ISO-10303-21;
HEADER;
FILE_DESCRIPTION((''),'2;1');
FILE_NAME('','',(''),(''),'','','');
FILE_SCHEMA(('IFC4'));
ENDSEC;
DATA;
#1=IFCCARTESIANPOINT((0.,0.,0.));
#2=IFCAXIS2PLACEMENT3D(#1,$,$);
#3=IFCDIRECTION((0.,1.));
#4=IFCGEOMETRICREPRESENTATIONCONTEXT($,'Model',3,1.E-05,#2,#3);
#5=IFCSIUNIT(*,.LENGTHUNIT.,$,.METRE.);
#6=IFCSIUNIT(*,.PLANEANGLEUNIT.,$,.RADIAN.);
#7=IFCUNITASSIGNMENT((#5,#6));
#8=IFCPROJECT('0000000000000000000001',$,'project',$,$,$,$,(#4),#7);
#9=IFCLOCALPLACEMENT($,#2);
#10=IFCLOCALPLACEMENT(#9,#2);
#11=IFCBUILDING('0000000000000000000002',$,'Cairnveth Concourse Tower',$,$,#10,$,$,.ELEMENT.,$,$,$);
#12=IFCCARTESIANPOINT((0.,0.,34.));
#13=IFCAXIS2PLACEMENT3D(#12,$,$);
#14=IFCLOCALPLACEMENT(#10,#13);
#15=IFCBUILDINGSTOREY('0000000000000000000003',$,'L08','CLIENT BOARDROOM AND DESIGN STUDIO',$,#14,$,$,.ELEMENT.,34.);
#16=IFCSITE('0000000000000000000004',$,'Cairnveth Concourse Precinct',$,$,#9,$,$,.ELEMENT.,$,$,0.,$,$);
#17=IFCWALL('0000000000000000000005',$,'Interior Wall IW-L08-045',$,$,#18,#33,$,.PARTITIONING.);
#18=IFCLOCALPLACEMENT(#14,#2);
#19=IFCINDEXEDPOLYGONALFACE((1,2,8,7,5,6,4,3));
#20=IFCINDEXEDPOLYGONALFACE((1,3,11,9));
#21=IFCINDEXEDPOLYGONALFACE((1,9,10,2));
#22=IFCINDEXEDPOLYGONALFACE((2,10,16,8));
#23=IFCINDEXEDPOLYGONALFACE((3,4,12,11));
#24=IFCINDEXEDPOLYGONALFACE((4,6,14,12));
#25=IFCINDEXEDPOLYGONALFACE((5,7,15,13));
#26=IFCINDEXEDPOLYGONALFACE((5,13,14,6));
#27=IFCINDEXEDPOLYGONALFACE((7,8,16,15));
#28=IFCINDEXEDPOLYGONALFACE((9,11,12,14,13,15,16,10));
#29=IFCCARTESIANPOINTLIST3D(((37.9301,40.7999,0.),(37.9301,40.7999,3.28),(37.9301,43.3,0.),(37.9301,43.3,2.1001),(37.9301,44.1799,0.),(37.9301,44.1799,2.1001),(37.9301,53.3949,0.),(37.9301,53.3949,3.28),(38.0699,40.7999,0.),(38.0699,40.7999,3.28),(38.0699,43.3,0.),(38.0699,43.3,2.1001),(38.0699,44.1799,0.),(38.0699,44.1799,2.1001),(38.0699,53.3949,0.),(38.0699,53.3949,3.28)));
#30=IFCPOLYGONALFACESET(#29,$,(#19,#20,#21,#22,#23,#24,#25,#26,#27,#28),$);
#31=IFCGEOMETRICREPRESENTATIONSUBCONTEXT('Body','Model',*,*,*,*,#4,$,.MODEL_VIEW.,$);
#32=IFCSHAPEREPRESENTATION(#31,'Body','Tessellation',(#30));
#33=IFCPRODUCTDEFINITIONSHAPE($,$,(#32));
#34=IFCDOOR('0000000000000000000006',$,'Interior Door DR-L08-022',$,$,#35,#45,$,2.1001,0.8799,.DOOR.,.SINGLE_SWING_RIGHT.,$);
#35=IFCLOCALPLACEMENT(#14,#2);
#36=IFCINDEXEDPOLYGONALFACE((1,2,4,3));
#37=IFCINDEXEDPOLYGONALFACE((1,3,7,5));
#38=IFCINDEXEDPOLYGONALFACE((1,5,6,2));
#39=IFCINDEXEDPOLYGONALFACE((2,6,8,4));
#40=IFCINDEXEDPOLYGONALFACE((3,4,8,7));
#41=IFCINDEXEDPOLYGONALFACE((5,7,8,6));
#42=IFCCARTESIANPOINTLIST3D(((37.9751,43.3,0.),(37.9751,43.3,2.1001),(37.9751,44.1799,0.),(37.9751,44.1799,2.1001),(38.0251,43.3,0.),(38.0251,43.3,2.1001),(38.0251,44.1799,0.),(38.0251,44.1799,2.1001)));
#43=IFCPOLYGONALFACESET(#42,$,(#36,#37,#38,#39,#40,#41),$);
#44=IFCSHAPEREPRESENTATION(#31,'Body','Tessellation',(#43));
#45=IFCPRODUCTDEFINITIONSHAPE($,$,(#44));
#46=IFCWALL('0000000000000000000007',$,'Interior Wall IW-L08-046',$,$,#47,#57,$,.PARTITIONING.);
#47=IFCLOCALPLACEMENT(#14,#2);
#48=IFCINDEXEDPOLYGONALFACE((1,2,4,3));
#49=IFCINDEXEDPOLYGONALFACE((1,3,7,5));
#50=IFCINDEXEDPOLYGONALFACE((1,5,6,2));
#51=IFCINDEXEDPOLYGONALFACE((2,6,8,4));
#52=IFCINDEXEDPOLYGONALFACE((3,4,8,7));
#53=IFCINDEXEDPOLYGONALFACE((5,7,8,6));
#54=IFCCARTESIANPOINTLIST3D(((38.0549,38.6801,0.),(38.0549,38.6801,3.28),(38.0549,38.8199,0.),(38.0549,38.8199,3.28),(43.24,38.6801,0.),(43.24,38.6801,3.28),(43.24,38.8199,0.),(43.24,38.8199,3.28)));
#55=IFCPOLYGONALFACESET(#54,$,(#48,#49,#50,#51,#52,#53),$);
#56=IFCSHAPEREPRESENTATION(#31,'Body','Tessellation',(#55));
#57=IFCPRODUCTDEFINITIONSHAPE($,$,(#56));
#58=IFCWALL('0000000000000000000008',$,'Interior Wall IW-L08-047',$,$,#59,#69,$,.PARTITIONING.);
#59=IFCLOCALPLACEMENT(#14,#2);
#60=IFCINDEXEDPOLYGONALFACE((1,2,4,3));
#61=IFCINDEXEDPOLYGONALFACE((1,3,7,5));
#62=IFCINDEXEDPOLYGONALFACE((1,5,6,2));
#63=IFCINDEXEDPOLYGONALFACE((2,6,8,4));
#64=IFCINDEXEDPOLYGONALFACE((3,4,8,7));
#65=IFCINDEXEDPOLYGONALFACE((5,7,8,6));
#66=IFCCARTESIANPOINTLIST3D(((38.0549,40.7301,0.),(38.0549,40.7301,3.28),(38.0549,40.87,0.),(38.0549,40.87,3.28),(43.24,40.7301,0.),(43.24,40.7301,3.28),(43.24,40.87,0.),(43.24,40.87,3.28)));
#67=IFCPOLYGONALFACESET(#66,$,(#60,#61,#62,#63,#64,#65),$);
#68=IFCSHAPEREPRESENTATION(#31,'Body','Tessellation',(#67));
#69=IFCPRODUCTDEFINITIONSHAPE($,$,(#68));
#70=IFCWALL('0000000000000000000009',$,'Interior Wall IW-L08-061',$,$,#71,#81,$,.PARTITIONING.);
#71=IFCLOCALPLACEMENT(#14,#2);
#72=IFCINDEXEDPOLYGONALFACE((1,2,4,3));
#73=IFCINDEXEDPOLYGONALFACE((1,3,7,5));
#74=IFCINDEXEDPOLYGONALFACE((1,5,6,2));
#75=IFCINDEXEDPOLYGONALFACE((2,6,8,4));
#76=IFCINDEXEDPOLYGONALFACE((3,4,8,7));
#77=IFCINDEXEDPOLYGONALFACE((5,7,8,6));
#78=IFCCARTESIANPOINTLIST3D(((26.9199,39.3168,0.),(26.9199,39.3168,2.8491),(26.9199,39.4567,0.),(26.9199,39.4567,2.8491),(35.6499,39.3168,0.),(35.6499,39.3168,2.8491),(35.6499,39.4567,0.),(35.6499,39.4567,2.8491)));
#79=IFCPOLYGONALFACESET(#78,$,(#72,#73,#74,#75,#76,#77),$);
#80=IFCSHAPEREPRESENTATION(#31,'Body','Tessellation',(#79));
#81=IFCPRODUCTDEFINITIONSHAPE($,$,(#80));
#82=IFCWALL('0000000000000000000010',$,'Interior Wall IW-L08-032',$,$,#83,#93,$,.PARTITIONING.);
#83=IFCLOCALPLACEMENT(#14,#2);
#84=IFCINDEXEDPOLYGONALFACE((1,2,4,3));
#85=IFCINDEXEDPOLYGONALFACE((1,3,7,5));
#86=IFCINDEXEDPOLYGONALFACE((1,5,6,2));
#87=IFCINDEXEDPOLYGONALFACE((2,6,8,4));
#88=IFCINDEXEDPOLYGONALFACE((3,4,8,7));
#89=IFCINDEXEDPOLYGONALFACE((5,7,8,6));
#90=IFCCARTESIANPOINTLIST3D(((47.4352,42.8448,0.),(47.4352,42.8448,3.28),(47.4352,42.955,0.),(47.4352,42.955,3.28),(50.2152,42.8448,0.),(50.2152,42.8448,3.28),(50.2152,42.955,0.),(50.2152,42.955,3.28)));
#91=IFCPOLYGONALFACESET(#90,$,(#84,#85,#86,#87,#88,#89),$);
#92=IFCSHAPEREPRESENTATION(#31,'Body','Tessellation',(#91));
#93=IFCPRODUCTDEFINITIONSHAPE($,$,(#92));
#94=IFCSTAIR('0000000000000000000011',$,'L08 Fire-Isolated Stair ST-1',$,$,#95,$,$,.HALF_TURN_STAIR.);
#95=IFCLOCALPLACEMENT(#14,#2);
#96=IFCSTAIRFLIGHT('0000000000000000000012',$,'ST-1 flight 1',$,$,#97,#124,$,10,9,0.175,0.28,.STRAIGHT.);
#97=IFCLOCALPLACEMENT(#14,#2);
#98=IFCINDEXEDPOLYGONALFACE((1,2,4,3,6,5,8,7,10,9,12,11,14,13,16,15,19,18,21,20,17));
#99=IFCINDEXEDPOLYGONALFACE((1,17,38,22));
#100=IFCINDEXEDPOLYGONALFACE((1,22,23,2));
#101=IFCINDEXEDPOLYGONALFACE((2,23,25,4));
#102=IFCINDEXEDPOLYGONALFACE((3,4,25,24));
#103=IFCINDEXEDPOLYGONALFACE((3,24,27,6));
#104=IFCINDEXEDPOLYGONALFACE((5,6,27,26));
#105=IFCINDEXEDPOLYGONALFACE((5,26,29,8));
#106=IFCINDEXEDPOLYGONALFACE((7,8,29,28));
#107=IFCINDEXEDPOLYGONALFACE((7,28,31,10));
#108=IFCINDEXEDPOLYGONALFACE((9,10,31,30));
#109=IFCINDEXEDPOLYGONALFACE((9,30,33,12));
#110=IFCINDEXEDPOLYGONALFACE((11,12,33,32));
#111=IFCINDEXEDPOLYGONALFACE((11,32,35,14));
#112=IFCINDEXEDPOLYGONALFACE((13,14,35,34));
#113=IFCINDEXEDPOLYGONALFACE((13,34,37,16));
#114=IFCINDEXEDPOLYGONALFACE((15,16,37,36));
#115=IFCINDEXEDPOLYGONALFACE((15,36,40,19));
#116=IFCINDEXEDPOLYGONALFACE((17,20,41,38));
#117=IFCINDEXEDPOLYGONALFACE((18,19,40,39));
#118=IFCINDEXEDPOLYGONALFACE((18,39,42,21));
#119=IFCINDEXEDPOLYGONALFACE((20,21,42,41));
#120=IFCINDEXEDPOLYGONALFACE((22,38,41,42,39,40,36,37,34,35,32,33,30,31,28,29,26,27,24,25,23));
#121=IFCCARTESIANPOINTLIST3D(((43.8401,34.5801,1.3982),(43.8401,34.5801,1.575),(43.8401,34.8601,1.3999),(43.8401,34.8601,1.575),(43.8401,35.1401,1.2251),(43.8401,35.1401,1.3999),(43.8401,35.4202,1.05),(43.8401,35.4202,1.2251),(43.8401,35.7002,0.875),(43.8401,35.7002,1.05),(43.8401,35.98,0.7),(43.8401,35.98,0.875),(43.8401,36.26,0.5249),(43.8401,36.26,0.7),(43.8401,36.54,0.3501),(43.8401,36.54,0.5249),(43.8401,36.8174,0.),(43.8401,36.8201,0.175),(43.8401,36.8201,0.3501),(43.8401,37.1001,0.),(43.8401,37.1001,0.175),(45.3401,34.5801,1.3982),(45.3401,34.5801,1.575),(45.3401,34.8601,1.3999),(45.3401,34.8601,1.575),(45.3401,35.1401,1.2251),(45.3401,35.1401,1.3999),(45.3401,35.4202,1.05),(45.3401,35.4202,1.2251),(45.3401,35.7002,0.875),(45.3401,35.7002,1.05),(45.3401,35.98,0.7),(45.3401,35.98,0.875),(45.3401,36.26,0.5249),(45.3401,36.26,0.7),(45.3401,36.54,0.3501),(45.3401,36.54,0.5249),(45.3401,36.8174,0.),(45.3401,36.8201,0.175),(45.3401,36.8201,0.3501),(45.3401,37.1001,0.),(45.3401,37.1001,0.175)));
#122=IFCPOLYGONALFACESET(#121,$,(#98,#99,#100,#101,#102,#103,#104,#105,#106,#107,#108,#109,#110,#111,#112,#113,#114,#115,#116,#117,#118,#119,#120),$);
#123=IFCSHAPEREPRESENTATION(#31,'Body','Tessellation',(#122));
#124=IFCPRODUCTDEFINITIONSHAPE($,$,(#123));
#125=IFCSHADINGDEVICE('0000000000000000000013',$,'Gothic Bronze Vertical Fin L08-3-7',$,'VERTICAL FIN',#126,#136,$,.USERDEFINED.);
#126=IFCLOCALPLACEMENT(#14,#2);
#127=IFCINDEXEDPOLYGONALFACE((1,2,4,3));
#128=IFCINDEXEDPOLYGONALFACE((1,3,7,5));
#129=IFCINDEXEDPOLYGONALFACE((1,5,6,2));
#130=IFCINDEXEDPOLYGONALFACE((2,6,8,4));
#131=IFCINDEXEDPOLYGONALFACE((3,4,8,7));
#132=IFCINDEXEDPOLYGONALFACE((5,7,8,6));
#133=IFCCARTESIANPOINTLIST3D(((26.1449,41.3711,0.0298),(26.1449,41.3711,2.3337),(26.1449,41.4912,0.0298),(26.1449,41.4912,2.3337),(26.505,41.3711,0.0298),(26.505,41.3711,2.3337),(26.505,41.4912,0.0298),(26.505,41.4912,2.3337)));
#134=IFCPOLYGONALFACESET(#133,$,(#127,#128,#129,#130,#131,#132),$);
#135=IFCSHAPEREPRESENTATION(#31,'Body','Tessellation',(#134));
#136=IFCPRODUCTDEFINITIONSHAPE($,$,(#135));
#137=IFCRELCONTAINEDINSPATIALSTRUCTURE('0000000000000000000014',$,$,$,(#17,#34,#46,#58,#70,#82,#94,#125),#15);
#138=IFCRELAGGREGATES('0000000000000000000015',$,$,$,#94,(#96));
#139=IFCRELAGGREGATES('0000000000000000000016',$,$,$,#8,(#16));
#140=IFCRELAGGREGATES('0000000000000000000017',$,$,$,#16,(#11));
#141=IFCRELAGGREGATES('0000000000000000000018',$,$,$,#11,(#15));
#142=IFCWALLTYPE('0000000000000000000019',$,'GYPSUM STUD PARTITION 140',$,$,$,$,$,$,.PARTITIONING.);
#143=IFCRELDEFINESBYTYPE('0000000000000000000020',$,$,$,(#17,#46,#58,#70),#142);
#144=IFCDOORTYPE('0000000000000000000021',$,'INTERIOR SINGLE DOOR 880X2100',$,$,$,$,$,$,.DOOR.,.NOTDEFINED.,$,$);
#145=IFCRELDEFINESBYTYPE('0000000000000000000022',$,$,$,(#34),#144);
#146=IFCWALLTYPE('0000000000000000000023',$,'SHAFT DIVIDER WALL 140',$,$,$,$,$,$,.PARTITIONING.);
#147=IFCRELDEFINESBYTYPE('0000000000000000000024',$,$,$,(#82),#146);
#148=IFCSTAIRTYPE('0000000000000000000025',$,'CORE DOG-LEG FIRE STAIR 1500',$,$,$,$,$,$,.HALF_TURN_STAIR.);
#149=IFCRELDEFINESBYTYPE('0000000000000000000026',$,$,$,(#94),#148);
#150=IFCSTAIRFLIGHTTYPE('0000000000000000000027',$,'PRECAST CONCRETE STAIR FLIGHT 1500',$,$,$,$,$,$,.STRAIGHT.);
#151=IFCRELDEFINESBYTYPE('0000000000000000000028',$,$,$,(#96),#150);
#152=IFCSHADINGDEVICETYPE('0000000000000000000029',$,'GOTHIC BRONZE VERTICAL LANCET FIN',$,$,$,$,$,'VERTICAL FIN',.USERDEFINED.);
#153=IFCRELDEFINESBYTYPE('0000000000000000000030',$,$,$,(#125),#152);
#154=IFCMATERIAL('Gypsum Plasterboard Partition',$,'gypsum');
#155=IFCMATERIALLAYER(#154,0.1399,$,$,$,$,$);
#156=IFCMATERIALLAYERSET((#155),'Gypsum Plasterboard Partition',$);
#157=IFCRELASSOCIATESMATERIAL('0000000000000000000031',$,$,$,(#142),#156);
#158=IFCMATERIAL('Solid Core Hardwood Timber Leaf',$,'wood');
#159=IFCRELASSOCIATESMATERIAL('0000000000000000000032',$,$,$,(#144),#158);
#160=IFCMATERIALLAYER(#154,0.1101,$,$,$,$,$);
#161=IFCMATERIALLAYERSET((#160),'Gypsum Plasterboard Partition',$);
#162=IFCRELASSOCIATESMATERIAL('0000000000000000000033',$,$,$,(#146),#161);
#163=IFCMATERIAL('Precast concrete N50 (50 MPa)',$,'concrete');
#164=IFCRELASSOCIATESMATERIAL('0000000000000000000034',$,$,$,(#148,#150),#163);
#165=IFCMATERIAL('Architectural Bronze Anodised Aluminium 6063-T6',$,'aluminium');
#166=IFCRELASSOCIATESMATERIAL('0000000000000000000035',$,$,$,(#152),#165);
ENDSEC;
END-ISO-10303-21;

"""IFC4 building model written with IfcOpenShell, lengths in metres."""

from ifc_helpers import new_model, si_unit, direction, frame, frame_2d, origin, origin_2d, place, context, subcontext, project, spatial, polyline, rectangle, outline, extrude, material, layer, layer_set, type_object, element, fill, aggregate, save


model = new_model("IFC4")

# Units and contexts
model_context = context("Model", 3, precision=1e-05, world=origin(), true_north=direction((0.0, 1.0)))
body_context = subcontext(model_context, "Body", "Model", "MODEL_VIEW")
ifc_project = project(units=[si_unit("LENGTHUNIT", "METRE"), si_unit("PLANEANGLEUNIT", "RADIAN")], contexts=[model_context])

# Site, building, storey
site_placement = place(None, origin())
site = spatial("IfcSite", under=ifc_project, at=site_placement, Name="Cairnveth Concourse Precinct", CompositionType="ELEMENT", RefElevation=0.0)
building_placement = place(site_placement, origin())
building = spatial("IfcBuilding", under=site, at=building_placement, Name="Cairnveth Concourse Tower", CompositionType="ELEMENT")
storey_placement = place(building_placement, frame((0.0, 0.0, 34.0)))
storey = spatial("IfcBuildingStorey", under=building, at=storey_placement, Name="L08", Description="CLIENT BOARDROOM AND DESIGN STUDIO", CompositionType="ELEMENT", Elevation=34.0)

# Shared definitions
ifc_material_1 = material(Name="Architectural Bronze Anodised Aluminium 6063-T6", Category="aluminium")

# Wall, opening, door
ifc_material_2 = material(Name="Gypsum Plasterboard Partition", Category="gypsum")
ifc_layer_1 = layer(ifc_material_2, 0.1399)
ifc_layer_set_1 = layer_set([ifc_layer_1], Name="Gypsum Plasterboard Partition")
wall_type_1 = type_object("IfcWallType", Name="GYPSUM STUD PARTITION 140", PredefinedType="PARTITIONING", material=ifc_layer_set_1)
wall_1_placement = place(storey_placement, frame((38.0, 40.8, 0.0), z_axis=(0.0, 0.0, 1.0), x_axis=(0.0, 1.0, 0.0)))
wall_1 = element("IfcWall", 1, at=wall_1_placement, inside=storey, type_object=wall_type_1, Name="Interior Wall IW-L08-045", PredefinedType="PARTITIONING", context=body_context, shape_type="SweptSolid", body=[
    extrude(rectangle(XDim=12.595, YDim=0.1399, at=frame_2d((6.2974, 0.0))), origin(), (0.0, 0.0, 1.0), 3.28),
])
opening_1_placement = place(wall_1_placement, frame((2.5, 0.0, 0.0)))
opening_1 = element("IfcOpeningElement", 2, at=opening_1_placement, cuts=wall_1, PredefinedType="OPENING", context=body_context, shape_type="SweptSolid", body=[
    extrude(rectangle(XDim=0.8799, YDim=2.1001, at=frame_2d((0.4399, 1.05))), frame((0.0, 0.0798, 0.0), z_axis=(0.0, -1.0, 0.0), x_axis=(1.0, 0.0, 0.0)), (0.0, 0.0, 1.0), 0.1599),
])
ifc_material_3 = material(Name="Solid Core Hardwood Timber Leaf", Category="wood")
door_type_1 = type_object("IfcDoorType", Name="INTERIOR SINGLE DOOR 880X2100", OperationType="NOTDEFINED", PredefinedType="DOOR", material=ifc_material_3)
door_1_placement = place(opening_1_placement, origin())
door_1 = element("IfcDoor", 3, at=door_1_placement, inside=storey, type_object=door_type_1, Name="Interior Door DR-L08-022", OperationType="SINGLE_SWING_RIGHT", OverallHeight=2.1001, OverallWidth=0.8799, PredefinedType="DOOR", context=body_context, shape_type="SweptSolid", body=[
    extrude(rectangle(XDim=0.8799, YDim=2.1001, at=frame_2d((0.4399, 1.05))), frame((0.0, 0.0249, 0.0), z_axis=(0.0, -1.0, 0.0), x_axis=(1.0, 0.0, 0.0)), (0.0, 0.0, 1.0), 0.05),
])
fill(opening_1, door_1)

# Walls
for number, where, z_axis, x_axis, name in (
    (4, (38.0549, 38.75, 0.0), (0.0, 0.0, 1.0), (1.0, 0.0, 0.0), "Interior Wall IW-L08-046"),
    (5, (38.0549, 40.8, 0.0), (0.0, 0.0, 1.0), (1.0, 0.0, 0.0), "Interior Wall IW-L08-047"),
):
    element("IfcWall", number, at=place(storey_placement, frame(where, z_axis=z_axis, x_axis=x_axis)), inside=storey, type_object=wall_type_1, Name=name, PredefinedType="PARTITIONING", context=body_context, shape_type="SweptSolid", body=[
        extrude(rectangle(XDim=5.1851, YDim=0.1399, at=frame_2d((2.5925, 0.0))), origin(), (0.0, 0.0, 1.0), 3.28),
    ])
wall_2_placement = place(storey_placement, frame((26.9199, 39.3867, 0.0), z_axis=(0.0, 0.0, 1.0), x_axis=(1.0, 0.0, 0.0)))
element("IfcWall", 6, at=wall_2_placement, inside=storey, type_object=wall_type_1, Name="Interior Wall IW-L08-061", PredefinedType="PARTITIONING", context=body_context, shape_type="SweptSolid", body=[
    extrude(rectangle(XDim=8.73, YDim=0.1399, at=frame_2d((4.365, 0.0))), origin(), (0.0, 0.0, 1.0), 2.8491),
])
ifc_layer_2 = layer(ifc_material_2, 0.1101)
ifc_layer_set_2 = layer_set([ifc_layer_2], Name="Gypsum Plasterboard Partition")
wall_type_2 = type_object("IfcWallType", Name="SHAFT DIVIDER WALL 140", PredefinedType="PARTITIONING", material=ifc_layer_set_2)
wall_3_placement = place(storey_placement, frame((47.4351, 42.8999, 0.0), z_axis=(0.0, 0.0, 1.0), x_axis=(1.0, 0.0, 0.0)))
element("IfcWall", 7, at=wall_3_placement, inside=storey, type_object=wall_type_2, Name="Interior Wall IW-L08-032", PredefinedType="PARTITIONING", context=body_context, shape_type="SweptSolid", body=[
    extrude(rectangle(XDim=2.78, YDim=0.1101, at=frame_2d((1.3901, 0.0))), origin(), (0.0, 0.0, 1.0), 3.28),
])

# Stair, stair flight
ifc_material_4 = material(Name="Precast concrete N50 (50 MPa)", Category="concrete")
stair_type = type_object("IfcStairType", Name="CORE DOG-LEG FIRE STAIR 1500", PredefinedType="HALF_TURN_STAIR", material=ifc_material_4)
stair_placement = place(storey_placement, origin())
stair = element("IfcStair", 8, at=stair_placement, inside=storey, type_object=stair_type, Name="L08 Fire-Isolated Stair ST-1", PredefinedType="HALF_TURN_STAIR")
stair_flight_type = type_object("IfcStairFlightType", Name="PRECAST CONCRETE STAIR FLIGHT 1500", PredefinedType="STRAIGHT", material=ifc_material_4)
stair_flight_placement = place(storey_placement, frame((44.5901, 37.1001, 0.0), z_axis=(0.0, 0.0, 1.0), x_axis=(0.0, -1.0, 0.0)))
stair_flight = element("IfcStairFlight", 9, at=stair_flight_placement, type_object=stair_flight_type, Name="ST-1 flight 1", NumberOfRisers=10, NumberOfTreads=9, PredefinedType="STRAIGHT", RiserHeight=0.175, TreadLength=0.28, context=body_context, shape_type="SweptSolid", body=[
    extrude(outline(polyline([(0.0, 0.0), (0.0, 0.175), (0.28, 0.175), (0.28, 0.3501), (0.5601, 0.3501), (0.5601, 0.5249), (0.8401, 0.5249), (0.8401, 0.7), (1.1201, 0.7), (1.1201, 0.875), (1.3999, 0.875), (1.3999, 1.05), (1.6799, 1.05), (1.6799, 1.2251), (1.96, 1.2251), (1.96, 1.3999), (2.24, 1.3999), (2.24, 1.575), (2.52, 1.575), (2.52, 1.75), (2.52, 1.3982), (0.2827, 0.0), (0.0, 0.0)])), frame((0.0, 0.75, 0.0), z_axis=(0.0, -1.0, 0.0), x_axis=(1.0, 0.0, 0.0)), (0.0, 0.0, 1.0), 1.5),
])
aggregate(stair, [stair_flight])

# Shading device
shading_device_type = type_object("IfcShadingDeviceType", Name="GOTHIC BRONZE VERTICAL LANCET FIN", ElementType="VERTICAL FIN", PredefinedType="USERDEFINED", material=ifc_material_1)
shading_device_placement = place(storey_placement, frame((26.325, 41.4312, 0.0298), z_axis=(0.0, 0.0, 1.0), x_axis=(0.0, 1.0, 0.0)))
element("IfcShadingDevice", 10, at=shading_device_placement, inside=storey, type_object=shading_device_type, Name="Gothic Bronze Vertical Fin L08-3-7", ObjectType="VERTICAL FIN", PredefinedType="USERDEFINED", context=body_context, shape_type="SweptSolid", body=[
    extrude(rectangle(XDim=0.1201, YDim=0.3601, at=origin_2d()), origin(), (0.0, 0.0, 1.0), 2.304),
])

save(model, "model.ifc")
